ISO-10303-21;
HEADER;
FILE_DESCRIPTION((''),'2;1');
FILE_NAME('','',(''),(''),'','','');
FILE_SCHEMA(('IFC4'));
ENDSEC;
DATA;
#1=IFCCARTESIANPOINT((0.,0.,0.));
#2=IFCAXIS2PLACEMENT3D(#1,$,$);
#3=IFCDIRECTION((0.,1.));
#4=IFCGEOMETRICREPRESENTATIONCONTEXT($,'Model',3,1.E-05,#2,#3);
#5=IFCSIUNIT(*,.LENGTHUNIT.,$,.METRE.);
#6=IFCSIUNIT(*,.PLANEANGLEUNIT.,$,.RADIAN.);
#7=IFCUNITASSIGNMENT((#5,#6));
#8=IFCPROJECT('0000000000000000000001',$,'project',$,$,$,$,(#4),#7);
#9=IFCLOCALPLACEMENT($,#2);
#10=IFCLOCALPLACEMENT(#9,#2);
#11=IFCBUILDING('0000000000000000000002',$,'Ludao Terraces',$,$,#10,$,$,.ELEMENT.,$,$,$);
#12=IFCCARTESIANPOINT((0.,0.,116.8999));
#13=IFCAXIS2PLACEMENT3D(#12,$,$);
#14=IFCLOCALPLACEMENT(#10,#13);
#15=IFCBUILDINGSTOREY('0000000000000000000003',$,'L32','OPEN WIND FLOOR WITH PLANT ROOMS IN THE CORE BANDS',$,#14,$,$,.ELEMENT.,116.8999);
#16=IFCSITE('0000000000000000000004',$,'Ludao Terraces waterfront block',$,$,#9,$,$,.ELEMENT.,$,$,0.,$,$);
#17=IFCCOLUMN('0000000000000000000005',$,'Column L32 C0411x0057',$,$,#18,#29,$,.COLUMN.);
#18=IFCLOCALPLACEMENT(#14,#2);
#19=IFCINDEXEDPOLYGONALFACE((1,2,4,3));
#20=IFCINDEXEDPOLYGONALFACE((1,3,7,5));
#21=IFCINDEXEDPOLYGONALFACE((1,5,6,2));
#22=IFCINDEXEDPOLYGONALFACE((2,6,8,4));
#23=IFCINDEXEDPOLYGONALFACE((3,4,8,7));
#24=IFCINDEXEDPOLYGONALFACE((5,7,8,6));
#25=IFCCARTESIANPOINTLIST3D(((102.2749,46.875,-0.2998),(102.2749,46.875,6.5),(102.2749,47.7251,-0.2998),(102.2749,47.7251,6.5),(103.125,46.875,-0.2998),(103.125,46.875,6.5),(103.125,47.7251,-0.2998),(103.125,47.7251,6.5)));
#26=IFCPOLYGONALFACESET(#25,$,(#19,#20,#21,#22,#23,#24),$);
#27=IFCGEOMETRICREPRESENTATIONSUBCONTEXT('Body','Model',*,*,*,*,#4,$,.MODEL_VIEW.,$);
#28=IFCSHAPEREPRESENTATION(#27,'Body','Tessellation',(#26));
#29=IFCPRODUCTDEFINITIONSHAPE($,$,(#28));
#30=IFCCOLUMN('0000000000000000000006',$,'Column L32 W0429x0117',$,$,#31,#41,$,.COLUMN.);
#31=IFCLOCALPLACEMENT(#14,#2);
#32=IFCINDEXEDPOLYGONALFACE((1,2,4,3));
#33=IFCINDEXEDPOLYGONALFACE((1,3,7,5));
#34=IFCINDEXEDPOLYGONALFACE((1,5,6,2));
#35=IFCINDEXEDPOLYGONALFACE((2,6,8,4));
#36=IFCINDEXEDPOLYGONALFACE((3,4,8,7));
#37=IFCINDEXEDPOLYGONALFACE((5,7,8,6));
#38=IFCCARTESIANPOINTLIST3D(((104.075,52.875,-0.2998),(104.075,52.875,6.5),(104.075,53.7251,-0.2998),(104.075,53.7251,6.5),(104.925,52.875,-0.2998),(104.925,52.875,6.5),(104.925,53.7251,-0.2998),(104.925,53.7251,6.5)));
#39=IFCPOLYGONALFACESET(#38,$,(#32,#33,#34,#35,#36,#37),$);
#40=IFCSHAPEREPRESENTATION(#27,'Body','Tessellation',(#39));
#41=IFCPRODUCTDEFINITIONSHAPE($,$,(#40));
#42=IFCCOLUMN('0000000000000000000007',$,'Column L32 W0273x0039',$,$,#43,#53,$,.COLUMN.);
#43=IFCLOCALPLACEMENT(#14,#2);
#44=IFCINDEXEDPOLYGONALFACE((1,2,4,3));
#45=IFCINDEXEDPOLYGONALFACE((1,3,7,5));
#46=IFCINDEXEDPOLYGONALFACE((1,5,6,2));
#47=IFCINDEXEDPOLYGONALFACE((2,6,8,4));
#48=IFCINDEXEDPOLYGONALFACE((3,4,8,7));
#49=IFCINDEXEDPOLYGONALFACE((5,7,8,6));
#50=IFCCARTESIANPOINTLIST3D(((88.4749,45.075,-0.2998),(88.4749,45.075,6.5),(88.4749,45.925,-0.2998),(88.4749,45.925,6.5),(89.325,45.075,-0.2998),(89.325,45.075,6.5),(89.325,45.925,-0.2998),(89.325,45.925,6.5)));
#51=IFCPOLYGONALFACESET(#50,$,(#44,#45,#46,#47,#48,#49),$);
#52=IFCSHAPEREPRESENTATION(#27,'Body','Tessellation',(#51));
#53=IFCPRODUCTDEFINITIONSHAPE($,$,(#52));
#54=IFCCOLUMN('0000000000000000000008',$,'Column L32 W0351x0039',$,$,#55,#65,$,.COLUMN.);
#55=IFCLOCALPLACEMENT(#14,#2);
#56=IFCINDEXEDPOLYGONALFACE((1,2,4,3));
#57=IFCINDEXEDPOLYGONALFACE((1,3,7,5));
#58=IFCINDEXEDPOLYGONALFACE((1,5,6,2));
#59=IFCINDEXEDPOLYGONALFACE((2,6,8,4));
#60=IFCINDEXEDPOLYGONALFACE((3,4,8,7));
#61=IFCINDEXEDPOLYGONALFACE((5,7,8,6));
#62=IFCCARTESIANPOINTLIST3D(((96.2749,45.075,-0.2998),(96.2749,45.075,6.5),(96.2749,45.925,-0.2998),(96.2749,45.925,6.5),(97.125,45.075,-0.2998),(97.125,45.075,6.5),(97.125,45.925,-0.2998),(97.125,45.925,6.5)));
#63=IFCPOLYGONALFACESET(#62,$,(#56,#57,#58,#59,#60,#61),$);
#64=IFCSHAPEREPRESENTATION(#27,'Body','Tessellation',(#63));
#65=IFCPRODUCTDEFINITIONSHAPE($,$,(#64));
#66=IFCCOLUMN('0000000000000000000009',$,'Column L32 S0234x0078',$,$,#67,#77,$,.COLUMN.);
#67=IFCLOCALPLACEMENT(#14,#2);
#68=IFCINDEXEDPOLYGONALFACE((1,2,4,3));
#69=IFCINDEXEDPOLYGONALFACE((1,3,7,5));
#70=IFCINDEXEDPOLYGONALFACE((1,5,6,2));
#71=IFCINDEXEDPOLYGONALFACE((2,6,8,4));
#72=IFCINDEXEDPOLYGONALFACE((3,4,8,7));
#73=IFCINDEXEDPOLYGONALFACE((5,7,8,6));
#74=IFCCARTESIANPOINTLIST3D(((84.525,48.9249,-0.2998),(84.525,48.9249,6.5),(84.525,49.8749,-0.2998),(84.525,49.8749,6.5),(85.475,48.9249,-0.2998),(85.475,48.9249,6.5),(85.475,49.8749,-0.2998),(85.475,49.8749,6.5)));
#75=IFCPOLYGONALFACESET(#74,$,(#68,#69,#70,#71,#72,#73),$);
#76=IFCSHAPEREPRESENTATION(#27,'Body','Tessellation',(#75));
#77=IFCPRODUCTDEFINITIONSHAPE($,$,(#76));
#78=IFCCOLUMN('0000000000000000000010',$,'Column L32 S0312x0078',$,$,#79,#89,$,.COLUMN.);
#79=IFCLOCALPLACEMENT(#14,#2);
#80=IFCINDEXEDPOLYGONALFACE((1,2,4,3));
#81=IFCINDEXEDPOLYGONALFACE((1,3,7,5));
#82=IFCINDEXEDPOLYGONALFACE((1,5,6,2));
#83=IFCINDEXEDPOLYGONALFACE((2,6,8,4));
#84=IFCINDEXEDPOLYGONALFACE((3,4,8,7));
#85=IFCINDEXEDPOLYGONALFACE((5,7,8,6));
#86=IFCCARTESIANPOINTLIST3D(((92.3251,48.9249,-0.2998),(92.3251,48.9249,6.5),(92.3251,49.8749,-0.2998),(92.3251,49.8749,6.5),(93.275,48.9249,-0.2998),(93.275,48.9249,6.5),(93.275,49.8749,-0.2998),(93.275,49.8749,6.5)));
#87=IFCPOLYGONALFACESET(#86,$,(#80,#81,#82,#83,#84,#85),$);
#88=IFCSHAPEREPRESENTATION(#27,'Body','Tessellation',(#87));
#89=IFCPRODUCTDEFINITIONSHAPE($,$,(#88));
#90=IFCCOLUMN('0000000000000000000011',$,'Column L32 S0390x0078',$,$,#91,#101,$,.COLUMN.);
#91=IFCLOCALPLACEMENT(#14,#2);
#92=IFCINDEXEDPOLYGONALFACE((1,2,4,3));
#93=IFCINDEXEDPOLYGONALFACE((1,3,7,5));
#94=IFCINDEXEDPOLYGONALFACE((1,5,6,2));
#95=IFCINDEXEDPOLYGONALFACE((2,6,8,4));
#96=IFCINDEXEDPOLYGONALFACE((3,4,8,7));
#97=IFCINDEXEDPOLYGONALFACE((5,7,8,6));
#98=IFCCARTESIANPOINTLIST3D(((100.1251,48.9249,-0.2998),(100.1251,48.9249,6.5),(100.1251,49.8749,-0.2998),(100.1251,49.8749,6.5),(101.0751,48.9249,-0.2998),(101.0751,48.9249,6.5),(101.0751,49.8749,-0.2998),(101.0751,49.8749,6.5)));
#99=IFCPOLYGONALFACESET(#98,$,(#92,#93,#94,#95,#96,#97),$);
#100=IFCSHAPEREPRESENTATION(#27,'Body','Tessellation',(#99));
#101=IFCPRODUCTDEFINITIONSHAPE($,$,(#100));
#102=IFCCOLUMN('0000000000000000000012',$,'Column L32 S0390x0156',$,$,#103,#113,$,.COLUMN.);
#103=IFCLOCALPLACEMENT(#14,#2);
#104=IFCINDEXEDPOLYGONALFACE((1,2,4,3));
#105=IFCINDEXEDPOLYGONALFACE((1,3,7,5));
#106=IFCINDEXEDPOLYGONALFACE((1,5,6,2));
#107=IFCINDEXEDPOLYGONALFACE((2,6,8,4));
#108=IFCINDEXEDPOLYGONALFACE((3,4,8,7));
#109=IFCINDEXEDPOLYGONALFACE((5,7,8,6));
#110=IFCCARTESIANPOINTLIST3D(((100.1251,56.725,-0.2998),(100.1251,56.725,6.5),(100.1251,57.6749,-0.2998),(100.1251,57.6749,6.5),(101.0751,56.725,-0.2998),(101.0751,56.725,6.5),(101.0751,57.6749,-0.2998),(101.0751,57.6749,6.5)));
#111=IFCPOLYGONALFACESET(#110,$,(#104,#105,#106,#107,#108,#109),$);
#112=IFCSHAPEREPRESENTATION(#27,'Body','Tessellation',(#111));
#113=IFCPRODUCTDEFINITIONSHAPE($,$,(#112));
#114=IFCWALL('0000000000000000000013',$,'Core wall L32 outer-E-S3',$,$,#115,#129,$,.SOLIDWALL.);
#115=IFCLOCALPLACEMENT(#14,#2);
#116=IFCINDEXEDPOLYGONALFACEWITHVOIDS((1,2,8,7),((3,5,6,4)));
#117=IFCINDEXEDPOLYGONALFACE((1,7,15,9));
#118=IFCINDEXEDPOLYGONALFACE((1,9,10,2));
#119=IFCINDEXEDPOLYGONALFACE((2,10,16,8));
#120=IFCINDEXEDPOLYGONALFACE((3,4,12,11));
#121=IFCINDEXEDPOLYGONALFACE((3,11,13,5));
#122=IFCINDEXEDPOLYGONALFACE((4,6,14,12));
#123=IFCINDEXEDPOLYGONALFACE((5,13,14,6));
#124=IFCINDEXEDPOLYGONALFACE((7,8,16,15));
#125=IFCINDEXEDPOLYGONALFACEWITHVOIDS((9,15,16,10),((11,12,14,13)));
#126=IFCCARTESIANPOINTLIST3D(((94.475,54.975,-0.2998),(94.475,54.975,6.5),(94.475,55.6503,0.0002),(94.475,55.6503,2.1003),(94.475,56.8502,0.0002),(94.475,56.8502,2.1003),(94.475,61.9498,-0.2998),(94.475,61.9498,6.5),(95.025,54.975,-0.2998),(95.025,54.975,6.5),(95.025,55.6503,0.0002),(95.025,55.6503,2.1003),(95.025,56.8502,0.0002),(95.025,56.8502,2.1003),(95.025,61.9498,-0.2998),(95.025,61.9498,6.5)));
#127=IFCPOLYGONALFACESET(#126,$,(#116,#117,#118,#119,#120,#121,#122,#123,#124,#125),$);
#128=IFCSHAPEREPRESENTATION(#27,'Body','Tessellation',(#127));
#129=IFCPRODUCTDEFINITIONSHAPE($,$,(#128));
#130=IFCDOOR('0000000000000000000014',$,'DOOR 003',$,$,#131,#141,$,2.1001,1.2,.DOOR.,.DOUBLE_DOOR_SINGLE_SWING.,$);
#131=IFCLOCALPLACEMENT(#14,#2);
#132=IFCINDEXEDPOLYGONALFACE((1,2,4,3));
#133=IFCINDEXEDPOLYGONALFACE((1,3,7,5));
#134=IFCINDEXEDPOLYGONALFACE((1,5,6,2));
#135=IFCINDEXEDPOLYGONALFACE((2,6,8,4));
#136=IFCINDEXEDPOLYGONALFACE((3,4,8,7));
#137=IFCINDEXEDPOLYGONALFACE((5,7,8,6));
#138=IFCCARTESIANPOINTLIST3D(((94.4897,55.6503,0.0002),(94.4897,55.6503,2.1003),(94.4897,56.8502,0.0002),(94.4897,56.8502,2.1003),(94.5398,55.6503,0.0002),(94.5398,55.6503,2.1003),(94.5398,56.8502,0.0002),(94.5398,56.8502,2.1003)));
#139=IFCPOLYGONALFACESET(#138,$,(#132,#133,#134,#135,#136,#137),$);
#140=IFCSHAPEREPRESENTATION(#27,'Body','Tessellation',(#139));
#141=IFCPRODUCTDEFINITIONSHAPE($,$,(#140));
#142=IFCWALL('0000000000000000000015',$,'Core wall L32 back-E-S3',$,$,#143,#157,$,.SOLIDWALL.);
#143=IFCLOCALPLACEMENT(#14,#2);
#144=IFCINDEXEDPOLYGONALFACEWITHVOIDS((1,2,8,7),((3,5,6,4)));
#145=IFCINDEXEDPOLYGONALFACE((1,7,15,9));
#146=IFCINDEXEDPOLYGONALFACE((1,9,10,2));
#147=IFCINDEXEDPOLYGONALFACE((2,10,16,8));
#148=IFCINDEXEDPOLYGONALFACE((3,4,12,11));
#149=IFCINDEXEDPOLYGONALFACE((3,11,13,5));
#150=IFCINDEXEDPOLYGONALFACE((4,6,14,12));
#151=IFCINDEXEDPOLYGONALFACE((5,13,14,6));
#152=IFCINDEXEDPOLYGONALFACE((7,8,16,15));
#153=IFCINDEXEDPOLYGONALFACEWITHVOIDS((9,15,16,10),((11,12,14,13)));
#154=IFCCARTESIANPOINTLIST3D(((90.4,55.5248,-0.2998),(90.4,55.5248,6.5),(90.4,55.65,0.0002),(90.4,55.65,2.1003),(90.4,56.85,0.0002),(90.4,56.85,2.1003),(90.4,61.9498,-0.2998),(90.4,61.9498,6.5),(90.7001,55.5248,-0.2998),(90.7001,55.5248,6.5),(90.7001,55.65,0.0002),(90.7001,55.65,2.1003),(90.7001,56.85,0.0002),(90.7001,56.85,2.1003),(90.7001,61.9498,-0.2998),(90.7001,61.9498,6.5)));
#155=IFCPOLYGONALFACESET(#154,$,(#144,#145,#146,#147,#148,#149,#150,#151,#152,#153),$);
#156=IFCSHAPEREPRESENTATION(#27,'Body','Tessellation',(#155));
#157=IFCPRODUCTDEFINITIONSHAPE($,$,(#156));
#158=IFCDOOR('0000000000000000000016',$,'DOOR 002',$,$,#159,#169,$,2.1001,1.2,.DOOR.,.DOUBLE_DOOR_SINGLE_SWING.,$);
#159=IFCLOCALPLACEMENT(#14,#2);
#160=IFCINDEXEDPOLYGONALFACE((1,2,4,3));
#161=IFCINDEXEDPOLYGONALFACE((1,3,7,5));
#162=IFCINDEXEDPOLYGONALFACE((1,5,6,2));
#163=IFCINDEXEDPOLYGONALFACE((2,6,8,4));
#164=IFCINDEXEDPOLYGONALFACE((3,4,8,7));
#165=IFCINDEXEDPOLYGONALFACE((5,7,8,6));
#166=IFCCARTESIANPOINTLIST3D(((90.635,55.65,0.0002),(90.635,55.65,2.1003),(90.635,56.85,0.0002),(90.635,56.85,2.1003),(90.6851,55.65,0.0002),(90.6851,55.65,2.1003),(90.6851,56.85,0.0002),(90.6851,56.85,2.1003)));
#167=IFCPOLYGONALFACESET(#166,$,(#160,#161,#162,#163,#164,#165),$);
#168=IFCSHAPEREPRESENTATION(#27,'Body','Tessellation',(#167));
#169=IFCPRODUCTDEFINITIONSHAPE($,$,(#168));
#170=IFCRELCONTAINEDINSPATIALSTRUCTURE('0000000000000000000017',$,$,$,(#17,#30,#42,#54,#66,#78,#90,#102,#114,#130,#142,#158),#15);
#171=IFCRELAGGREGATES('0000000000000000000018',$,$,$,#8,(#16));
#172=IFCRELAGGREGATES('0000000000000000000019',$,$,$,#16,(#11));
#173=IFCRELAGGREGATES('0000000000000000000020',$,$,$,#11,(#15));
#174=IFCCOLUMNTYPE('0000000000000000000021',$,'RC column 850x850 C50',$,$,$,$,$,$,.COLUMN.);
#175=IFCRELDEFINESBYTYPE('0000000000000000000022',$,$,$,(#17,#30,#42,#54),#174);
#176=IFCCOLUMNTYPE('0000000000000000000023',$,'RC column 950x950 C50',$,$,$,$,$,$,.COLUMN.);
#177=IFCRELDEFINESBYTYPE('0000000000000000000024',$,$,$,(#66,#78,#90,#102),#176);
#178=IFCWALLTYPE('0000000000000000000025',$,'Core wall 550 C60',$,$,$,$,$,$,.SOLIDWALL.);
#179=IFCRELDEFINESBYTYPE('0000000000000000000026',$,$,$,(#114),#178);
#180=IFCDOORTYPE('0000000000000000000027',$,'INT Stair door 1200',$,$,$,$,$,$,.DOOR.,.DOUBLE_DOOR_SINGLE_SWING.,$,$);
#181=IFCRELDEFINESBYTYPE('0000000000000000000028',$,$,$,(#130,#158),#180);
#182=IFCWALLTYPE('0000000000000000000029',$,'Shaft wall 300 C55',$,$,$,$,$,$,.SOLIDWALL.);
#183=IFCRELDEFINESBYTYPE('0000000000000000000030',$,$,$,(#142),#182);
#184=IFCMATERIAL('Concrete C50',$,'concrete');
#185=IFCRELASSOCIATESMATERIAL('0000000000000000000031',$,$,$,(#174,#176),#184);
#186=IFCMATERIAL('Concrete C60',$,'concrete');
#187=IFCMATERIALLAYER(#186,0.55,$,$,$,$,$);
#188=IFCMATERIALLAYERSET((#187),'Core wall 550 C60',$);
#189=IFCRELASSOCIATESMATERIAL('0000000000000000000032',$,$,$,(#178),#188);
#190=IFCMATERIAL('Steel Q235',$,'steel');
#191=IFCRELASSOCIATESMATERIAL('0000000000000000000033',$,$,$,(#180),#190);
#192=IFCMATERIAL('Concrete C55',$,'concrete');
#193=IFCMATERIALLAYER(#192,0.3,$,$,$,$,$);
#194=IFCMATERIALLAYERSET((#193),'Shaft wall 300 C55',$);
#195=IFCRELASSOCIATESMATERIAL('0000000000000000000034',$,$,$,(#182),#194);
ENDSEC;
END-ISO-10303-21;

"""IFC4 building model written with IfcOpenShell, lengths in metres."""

from ifc_helpers import new_model, si_unit, direction, frame, frame_2d, origin, origin_2d, place, context, subcontext, project, spatial, rectangle, extrude, material, layer, layer_set, material_profile, profile_set, type_object, element, fill, save


model = new_model("IFC4")

# Units and contexts
model_context = context("Model", 3, precision=1e-05, world=origin(), true_north=direction((0.0, 1.0)))
body_context = subcontext(model_context, "Body", "Model", "MODEL_VIEW")
ifc_project = project(units=[si_unit("LENGTHUNIT", "METRE"), si_unit("PLANEANGLEUNIT", "RADIAN")], contexts=[model_context])

# Site, building, storey
site_placement = place(None, origin())
site = spatial("IfcSite", under=ifc_project, at=site_placement, Name="Ludao Terraces waterfront block", CompositionType="ELEMENT", RefElevation=0.0)
building_placement = place(site_placement, origin())
building = spatial("IfcBuilding", under=site, at=building_placement, Name="Ludao Terraces", CompositionType="ELEMENT")
storey_placement = place(building_placement, frame((0.0, 0.0, 116.8999)))
storey = spatial("IfcBuildingStorey", under=building, at=storey_placement, Name="L32", Description="OPEN WIND FLOOR WITH PLANT ROOMS IN THE CORE BANDS", CompositionType="ELEMENT", Elevation=116.8999)

# Columns
ifc_material_1 = material(Name="Concrete C50", Category="concrete")
ifc_material_profile_1 = material_profile(ifc_material_1, rectangle(XDim=0.8501, YDim=0.8501, at=origin_2d()), Name="850 X 850")
ifc_profile_set_1 = profile_set([ifc_material_profile_1], Name="Concrete C50")
column_type_1 = type_object("IfcColumnType", Name="RC column 850x850 C50", PredefinedType="COLUMN", material=ifc_profile_set_1)
for number, where, z_axis, x_axis, name in (
    (1, (102.7, 47.3, -0.2998), (0.0, 0.0, 1.0), (1.0, 0.0, 0.0), "Column L32 C0411x0057"),
    (2, (104.5, 53.3, -0.2998), (0.0, 0.0, 1.0), (1.0, 0.0, 0.0), "Column L32 W0429x0117"),
    (3, (88.8999, 45.5, -0.2998), (0.0, 0.0, 1.0), (1.0, 0.0, 0.0), "Column L32 W0273x0039"),
    (4, (96.7, 45.5, -0.2998), (0.0, 0.0, 1.0), (1.0, 0.0, 0.0), "Column L32 W0351x0039"),
):
    element("IfcColumn", number, at=place(storey_placement, frame(where, z_axis=z_axis, x_axis=x_axis)), inside=storey, type_object=column_type_1, Name=name, PredefinedType="COLUMN", context=body_context, shape_type="SweptSolid", body=[
        extrude(rectangle(XDim=0.8501, YDim=0.8501, at=origin_2d()), origin(), (0.0, 0.0, 1.0), 6.7998),
    ])
ifc_material_profile_2 = material_profile(ifc_material_1, rectangle(XDim=0.95, YDim=0.95, at=origin_2d()), Name="950 X 950")
ifc_profile_set_2 = profile_set([ifc_material_profile_2], Name="Concrete C50")
column_type_2 = type_object("IfcColumnType", Name="RC column 950x950 C50", PredefinedType="COLUMN", material=ifc_profile_set_2)
for number, where, z_axis, x_axis, name in (
    (5, (85.0, 49.3999, -0.2998), (0.0, 0.0, 1.0), (1.0, 0.0, 0.0), "Column L32 S0234x0078"),
    (6, (92.8, 49.3999, -0.2998), (0.0, 0.0, 1.0), (1.0, 0.0, 0.0), "Column L32 S0312x0078"),
    (7, (100.6001, 49.3999, -0.2998), (0.0, 0.0, 1.0), (1.0, 0.0, 0.0), "Column L32 S0390x0078"),
    (8, (100.6001, 57.2, -0.2998), (0.0, 0.0, 1.0), (1.0, 0.0, 0.0), "Column L32 S0390x0156"),
):
    element("IfcColumn", number, at=place(storey_placement, frame(where, z_axis=z_axis, x_axis=x_axis)), inside=storey, type_object=column_type_2, Name=name, PredefinedType="COLUMN", context=body_context, shape_type="SweptSolid", body=[
        extrude(rectangle(XDim=0.95, YDim=0.95, at=origin_2d()), origin(), (0.0, 0.0, 1.0), 6.7998),
    ])

# Walls, openings, doors
ifc_material_2 = material(Name="Concrete C60", Category="concrete")
ifc_layer_1 = layer(ifc_material_2, 0.55)
ifc_layer_set_1 = layer_set([ifc_layer_1], Name="Core wall 550 C60")
wall_type_1 = type_object("IfcWallType", Name="Core wall 550 C60", PredefinedType="SOLIDWALL", material=ifc_layer_set_1)
wall_1_placement = place(storey_placement, frame((94.75, 54.9751, -0.2998), z_axis=(0.0, 0.0, 1.0), x_axis=(0.0, 1.0, 0.0)))
wall_1 = element("IfcWall", 9, at=wall_1_placement, inside=storey, type_object=wall_type_1, Name="Core wall L32 outer-E-S3", PredefinedType="SOLIDWALL", context=body_context, shape_type="SweptSolid", body=[
    extrude(rectangle(XDim=6.9749, YDim=0.55, at=frame_2d((3.4873, 0.0))), origin(), (0.0, 0.0, 1.0), 6.7998),
])
opening_1_placement = place(wall_1_placement, frame((0.675, 0.0, 0.3)))
opening_1 = element("IfcOpeningElement", 10, at=opening_1_placement, cuts=wall_1, PredefinedType="OPENING", context=body_context, shape_type="SweptSolid", body=[
    extrude(rectangle(XDim=1.2, YDim=2.1001, at=frame_2d((0.6001, 1.05))), frame((0.0, 0.2852, 0.0), z_axis=(0.0, -1.0, 0.0), x_axis=(1.0, 0.0, 0.0)), (0.0, 0.0, 1.0), 0.5701),
])
ifc_material_3 = material(Name="Steel Q235", Category="steel")
door_type = type_object("IfcDoorType", Name="INT Stair door 1200", OperationType="DOUBLE_DOOR_SINGLE_SWING", PredefinedType="DOOR", material=ifc_material_3)
door_1_placement = place(opening_1_placement, origin())
door_1 = element("IfcDoor", 11, at=door_1_placement, inside=storey, type_object=door_type, Name="DOOR 003", OperationType="DOUBLE_DOOR_SINGLE_SWING", OverallHeight=2.1001, OverallWidth=1.2, PredefinedType="DOOR", context=body_context, shape_type="SweptSolid", body=[
    extrude(rectangle(XDim=1.2, YDim=2.1001, at=frame_2d((0.6001, 1.05))), frame((0.0, 0.2603, 0.0), z_axis=(0.0, -1.0, 0.0), x_axis=(1.0, 0.0, 0.0)), (0.0, 0.0, 1.0), 0.05),
])
fill(opening_1, door_1)
ifc_material_4 = material(Name="Concrete C55", Category="concrete")
ifc_layer_2 = layer(ifc_material_4, 0.3)
ifc_layer_set_2 = layer_set([ifc_layer_2], Name="Shaft wall 300 C55")
wall_type_2 = type_object("IfcWallType", Name="Shaft wall 300 C55", PredefinedType="SOLIDWALL", material=ifc_layer_set_2)
wall_2_placement = place(storey_placement, frame((90.55, 55.5249, -0.2998), z_axis=(0.0, 0.0, 1.0), x_axis=(0.0, 1.0, 0.0)))
wall_2 = element("IfcWall", 12, at=wall_2_placement, inside=storey, type_object=wall_type_2, Name="Core wall L32 back-E-S3", PredefinedType="SOLIDWALL", context=body_context, shape_type="SweptSolid", body=[
    extrude(rectangle(XDim=6.425, YDim=0.3, at=frame_2d((3.2124, 0.0))), origin(), (0.0, 0.0, 1.0), 6.7998),
])
opening_2_placement = place(wall_2_placement, frame((0.125, 0.0, 0.3)))
opening_2 = element("IfcOpeningElement", 13, at=opening_2_placement, cuts=wall_2, PredefinedType="OPENING", context=body_context, shape_type="SweptSolid", body=[
    extrude(rectangle(XDim=1.2, YDim=2.1001, at=frame_2d((0.6001, 1.05))), frame((0.0, 0.1602, 0.0), z_axis=(0.0, -1.0, 0.0), x_axis=(1.0, 0.0, 0.0)), (0.0, 0.0, 1.0), 0.3201),
])
door_2_placement = place(opening_2_placement, origin())
door_2 = element("IfcDoor", 14, at=door_2_placement, inside=storey, type_object=door_type, Name="DOOR 002", OperationType="DOUBLE_DOOR_SINGLE_SWING", OverallHeight=2.1001, OverallWidth=1.2, PredefinedType="DOOR", context=body_context, shape_type="SweptSolid", body=[
    extrude(rectangle(XDim=1.2, YDim=2.1001, at=frame_2d((0.6001, 1.05))), frame((0.0, -0.085, 0.0), z_axis=(0.0, -1.0, 0.0), x_axis=(1.0, 0.0, 0.0)), (0.0, 0.0, 1.0), 0.05),
])
fill(opening_2, door_2)

save(model, "model.ifc")
